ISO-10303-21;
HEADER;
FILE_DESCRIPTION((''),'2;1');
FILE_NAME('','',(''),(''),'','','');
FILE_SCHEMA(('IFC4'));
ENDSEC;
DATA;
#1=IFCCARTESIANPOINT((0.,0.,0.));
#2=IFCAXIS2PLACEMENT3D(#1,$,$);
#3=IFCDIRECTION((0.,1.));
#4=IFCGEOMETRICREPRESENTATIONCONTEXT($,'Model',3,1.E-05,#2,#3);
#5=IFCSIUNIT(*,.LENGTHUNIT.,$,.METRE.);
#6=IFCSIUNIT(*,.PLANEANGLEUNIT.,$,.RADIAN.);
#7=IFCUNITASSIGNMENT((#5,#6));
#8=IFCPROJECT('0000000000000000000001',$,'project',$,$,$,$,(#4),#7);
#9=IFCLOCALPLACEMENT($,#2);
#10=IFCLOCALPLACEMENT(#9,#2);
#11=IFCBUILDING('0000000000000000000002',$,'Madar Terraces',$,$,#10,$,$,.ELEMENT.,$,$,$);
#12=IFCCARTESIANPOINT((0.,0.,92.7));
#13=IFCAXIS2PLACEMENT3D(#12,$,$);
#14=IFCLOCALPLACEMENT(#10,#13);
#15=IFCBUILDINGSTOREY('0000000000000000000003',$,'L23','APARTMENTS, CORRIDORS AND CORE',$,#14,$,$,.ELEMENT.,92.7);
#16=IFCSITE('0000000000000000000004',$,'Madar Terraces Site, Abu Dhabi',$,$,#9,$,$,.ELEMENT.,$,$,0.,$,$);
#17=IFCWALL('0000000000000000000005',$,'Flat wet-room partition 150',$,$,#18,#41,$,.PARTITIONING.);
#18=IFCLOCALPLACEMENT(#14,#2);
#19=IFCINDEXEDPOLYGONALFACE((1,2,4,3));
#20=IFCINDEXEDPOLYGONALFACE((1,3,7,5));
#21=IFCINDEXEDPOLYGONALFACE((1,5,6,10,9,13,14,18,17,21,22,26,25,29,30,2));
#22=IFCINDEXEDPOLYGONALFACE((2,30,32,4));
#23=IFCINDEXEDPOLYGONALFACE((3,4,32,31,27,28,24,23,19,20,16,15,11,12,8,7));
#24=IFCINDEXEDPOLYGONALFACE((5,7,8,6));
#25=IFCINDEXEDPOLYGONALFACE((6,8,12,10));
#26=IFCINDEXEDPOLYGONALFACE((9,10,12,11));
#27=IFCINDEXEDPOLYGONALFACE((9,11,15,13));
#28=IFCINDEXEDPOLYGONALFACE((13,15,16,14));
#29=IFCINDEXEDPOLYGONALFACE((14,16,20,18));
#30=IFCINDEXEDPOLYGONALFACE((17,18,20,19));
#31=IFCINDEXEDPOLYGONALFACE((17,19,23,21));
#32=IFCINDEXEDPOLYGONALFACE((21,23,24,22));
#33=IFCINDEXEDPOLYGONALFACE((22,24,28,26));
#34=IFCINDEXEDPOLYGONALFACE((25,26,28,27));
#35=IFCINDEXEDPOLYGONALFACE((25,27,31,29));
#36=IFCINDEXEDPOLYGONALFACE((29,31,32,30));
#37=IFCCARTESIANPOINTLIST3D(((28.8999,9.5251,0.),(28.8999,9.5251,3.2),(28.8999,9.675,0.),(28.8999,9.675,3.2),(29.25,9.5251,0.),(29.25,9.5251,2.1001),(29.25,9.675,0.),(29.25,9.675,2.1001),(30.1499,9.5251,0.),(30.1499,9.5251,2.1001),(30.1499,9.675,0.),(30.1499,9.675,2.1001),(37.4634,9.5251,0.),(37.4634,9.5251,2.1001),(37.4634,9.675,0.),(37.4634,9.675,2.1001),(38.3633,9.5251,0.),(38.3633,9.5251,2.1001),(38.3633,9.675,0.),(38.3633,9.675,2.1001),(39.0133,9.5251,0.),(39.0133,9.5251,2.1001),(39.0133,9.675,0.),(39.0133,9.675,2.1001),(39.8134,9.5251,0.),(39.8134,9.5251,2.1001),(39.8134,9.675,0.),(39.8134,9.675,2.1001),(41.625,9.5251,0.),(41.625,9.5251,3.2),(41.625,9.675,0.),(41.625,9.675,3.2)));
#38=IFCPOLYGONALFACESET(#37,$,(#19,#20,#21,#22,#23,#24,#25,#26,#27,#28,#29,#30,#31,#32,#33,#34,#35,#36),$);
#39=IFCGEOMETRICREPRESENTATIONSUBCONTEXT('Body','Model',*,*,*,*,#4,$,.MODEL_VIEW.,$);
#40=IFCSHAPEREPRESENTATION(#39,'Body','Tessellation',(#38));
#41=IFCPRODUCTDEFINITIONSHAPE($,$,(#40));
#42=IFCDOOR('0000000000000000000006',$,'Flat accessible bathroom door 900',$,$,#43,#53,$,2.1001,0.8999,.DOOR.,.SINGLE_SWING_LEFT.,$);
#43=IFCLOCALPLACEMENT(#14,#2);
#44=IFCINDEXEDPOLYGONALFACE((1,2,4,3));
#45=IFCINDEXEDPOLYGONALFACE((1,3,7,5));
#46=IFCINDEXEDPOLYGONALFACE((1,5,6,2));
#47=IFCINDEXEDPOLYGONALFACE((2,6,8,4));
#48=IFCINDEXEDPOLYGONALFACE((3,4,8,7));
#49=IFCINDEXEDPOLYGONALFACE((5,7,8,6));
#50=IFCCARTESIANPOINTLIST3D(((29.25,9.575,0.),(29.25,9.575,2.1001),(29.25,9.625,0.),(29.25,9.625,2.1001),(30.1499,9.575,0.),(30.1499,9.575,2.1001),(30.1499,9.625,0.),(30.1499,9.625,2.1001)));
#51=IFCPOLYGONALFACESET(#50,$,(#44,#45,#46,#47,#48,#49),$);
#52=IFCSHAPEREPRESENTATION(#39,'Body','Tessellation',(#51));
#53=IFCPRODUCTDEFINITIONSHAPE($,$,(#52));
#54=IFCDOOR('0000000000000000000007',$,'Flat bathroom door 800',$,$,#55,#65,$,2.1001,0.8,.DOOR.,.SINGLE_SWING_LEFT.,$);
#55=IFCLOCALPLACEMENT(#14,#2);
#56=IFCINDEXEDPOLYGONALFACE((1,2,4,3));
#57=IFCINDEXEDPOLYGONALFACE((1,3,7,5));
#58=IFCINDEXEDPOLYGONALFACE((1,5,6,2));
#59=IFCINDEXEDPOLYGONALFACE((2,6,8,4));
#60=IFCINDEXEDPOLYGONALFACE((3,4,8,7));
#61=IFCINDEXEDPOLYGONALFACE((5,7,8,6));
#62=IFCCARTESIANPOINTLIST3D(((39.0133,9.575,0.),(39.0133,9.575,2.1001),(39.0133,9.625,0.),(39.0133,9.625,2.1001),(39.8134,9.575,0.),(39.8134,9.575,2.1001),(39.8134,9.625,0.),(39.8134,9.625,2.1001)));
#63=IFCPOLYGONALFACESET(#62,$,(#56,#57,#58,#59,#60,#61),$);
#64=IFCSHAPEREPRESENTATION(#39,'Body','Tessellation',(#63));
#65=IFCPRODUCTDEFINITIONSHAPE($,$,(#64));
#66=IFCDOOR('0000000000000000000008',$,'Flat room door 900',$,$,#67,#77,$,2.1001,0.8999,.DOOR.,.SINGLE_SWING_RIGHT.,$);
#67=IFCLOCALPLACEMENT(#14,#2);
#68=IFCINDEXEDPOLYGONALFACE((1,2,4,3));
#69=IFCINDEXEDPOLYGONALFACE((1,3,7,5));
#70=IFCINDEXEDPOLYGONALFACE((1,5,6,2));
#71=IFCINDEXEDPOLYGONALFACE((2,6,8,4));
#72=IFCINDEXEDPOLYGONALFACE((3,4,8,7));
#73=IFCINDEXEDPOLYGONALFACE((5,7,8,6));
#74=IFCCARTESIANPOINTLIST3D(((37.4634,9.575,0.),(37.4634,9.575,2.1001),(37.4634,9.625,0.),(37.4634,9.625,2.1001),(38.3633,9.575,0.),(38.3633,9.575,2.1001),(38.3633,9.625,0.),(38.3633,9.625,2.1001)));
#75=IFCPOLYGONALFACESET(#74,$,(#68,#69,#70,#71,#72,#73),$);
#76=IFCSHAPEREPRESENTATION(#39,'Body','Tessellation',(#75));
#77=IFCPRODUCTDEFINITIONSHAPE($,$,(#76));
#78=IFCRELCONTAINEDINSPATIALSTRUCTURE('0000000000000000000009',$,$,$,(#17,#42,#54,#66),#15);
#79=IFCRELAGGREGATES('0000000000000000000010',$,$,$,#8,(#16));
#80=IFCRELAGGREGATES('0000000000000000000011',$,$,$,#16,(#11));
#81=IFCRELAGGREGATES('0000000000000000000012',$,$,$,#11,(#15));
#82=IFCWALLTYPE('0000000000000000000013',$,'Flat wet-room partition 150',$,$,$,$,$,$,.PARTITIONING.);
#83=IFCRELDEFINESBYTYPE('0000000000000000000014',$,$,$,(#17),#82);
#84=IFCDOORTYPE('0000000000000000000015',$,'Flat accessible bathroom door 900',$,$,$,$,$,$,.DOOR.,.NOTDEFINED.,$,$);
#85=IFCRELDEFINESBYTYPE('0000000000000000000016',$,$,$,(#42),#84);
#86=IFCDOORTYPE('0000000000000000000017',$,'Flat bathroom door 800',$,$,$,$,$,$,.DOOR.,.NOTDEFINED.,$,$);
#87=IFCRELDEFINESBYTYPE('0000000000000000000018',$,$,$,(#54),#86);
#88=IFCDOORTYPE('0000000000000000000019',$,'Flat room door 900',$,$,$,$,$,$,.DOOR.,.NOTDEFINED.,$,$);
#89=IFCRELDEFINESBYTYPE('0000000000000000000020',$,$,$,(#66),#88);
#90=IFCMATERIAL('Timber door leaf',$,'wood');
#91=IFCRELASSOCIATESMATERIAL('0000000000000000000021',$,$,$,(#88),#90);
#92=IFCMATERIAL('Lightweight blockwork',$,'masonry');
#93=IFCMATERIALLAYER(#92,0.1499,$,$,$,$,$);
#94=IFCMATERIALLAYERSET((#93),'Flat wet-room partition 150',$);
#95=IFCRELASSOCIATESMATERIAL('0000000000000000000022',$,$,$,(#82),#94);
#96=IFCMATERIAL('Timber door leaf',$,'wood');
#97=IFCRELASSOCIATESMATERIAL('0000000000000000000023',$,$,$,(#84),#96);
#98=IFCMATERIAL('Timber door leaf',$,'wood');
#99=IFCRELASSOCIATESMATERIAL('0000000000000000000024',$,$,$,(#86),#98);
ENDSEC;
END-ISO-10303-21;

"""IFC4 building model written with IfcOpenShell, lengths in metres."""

from ifc_helpers import new_model, si_unit, direction, frame, frame_2d, origin, place, context, subcontext, project, spatial, rectangle, extrude, material, layer, layer_set, type_object, element, fill, save


model = new_model("IFC4")

# Units and contexts
model_context = context("Model", 3, precision=1e-05, world=origin(), true_north=direction((0.0, 1.0)))
body_context = subcontext(model_context, "Body", "Model", "MODEL_VIEW")
ifc_project = project(units=[si_unit("LENGTHUNIT", "METRE"), si_unit("PLANEANGLEUNIT", "RADIAN")], contexts=[model_context])

# Site, building, storey
site_placement = place(None, origin())
site = spatial("IfcSite", under=ifc_project, at=site_placement, Name="Madar Terraces Site, Abu Dhabi", CompositionType="ELEMENT", RefElevation=0.0)
building_placement = place(site_placement, origin())
building = spatial("IfcBuilding", under=site, at=building_placement, Name="Madar Terraces", CompositionType="ELEMENT")
storey_placement = place(building_placement, frame((0.0, 0.0, 92.7)))
storey = spatial("IfcBuildingStorey", under=building, at=storey_placement, Name="L23", Description="APARTMENTS, CORRIDORS AND CORE", CompositionType="ELEMENT", Elevation=92.7)

# Shared definitions
ifc_material_1 = material(Name="Timber door leaf", Category="wood")
door_type_1 = type_object("IfcDoorType", Name="Flat room door 900", OperationType="NOTDEFINED", PredefinedType="DOOR", material=ifc_material_1)

# Shared definitions
ifc_material_2 = material(Name="Lightweight blockwork", Category="masonry")
ifc_layer_1 = layer(ifc_material_2, 0.1499)
ifc_layer_set_1 = layer_set([ifc_layer_1], Name="Flat wet-room partition 150")
wall_type_1 = type_object("IfcWallType", Name="Flat wet-room partition 150", PredefinedType="PARTITIONING", material=ifc_layer_set_1)

# Wall, openings, doors
wall_1_placement = place(storey_placement, frame((28.8999, 9.6001, 0.0), z_axis=(0.0, 0.0, 1.0), x_axis=(1.0, 0.0, 0.0)))
wall_1 = element("IfcWall", 1, at=wall_1_placement, inside=storey, type_object=wall_type_1, Name="Flat wet-room partition 150", PredefinedType="PARTITIONING", context=body_context, shape_type="SweptSolid", body=[
    extrude(rectangle(XDim=12.7251, YDim=0.1499, at=frame_2d((6.3625, 0.0))), origin(), (0.0, 0.0, 1.0), 3.2),
])
opening_1_placement = place(wall_1_placement, frame((10.1135, 0.0, 0.0)))
opening_1 = element("IfcOpeningElement", 2, at=opening_1_placement, cuts=wall_1, PredefinedType="OPENING", context=body_context, shape_type="SweptSolid", body=[
    extrude(rectangle(XDim=0.8, YDim=2.1001, at=frame_2d((0.3999, 1.05))), frame((0.0, 0.085, 0.0), z_axis=(0.0, -1.0, 0.0), x_axis=(1.0, 0.0, 0.0)), (0.0, 0.0, 1.0), 0.1699),
])
opening_2_placement = place(wall_1_placement, frame((8.5635, 0.0, 0.0)))
opening_2 = element("IfcOpeningElement", 3, at=opening_2_placement, cuts=wall_1, PredefinedType="OPENING", context=body_context, shape_type="SweptSolid", body=[
    extrude(rectangle(XDim=0.8999, YDim=2.1001, at=frame_2d((0.45, 1.05))), frame((0.0, 0.085, 0.0), z_axis=(0.0, -1.0, 0.0), x_axis=(1.0, 0.0, 0.0)), (0.0, 0.0, 1.0), 0.1699),
])
opening_3_placement = place(wall_1_placement, frame((0.3501, 0.0, 0.0)))
opening_3 = element("IfcOpeningElement", 4, at=opening_3_placement, cuts=wall_1, PredefinedType="OPENING", context=body_context, shape_type="SweptSolid", body=[
    extrude(rectangle(XDim=0.8999, YDim=2.1001, at=frame_2d((0.45, 1.05))), frame((0.0, 0.085, 0.0), z_axis=(0.0, -1.0, 0.0), x_axis=(1.0, 0.0, 0.0)), (0.0, 0.0, 1.0), 0.1699),
])
ifc_material_3 = material(Name="Timber door leaf", Category="wood")
door_type_2 = type_object("IfcDoorType", Name="Flat accessible bathroom door 900", OperationType="NOTDEFINED", PredefinedType="DOOR", material=ifc_material_3)
door_1_placement = place(opening_3_placement, origin())
door_1 = element("IfcDoor", 5, at=door_1_placement, inside=storey, type_object=door_type_2, Name="Flat accessible bathroom door 900", OperationType="SINGLE_SWING_LEFT", OverallHeight=2.1001, OverallWidth=0.8999, PredefinedType="DOOR", context=body_context, shape_type="SweptSolid", body=[
    extrude(rectangle(XDim=0.8999, YDim=2.1001, at=frame_2d((0.45, 1.05))), frame((0.0, 0.0249, 0.0), z_axis=(0.0, -1.0, 0.0), x_axis=(1.0, 0.0, 0.0)), (0.0, 0.0, 1.0), 0.05),
])
fill(opening_3, door_1)
ifc_material_4 = material(Name="Timber door leaf", Category="wood")
door_type_3 = type_object("IfcDoorType", Name="Flat bathroom door 800", OperationType="NOTDEFINED", PredefinedType="DOOR", material=ifc_material_4)
door_2_placement = place(opening_1_placement, origin())
door_2 = element("IfcDoor", 6, at=door_2_placement, inside=storey, type_object=door_type_3, Name="Flat bathroom door 800", OperationType="SINGLE_SWING_LEFT", OverallHeight=2.1001, OverallWidth=0.8, PredefinedType="DOOR", context=body_context, shape_type="SweptSolid", body=[
    extrude(rectangle(XDim=0.8, YDim=2.1001, at=frame_2d((0.3999, 1.05))), frame((0.0, 0.0249, 0.0), z_axis=(0.0, -1.0, 0.0), x_axis=(1.0, 0.0, 0.0)), (0.0, 0.0, 1.0), 0.05),
])
fill(opening_1, door_2)
door_3_placement = place(opening_2_placement, origin())
door_3 = element("IfcDoor", 7, at=door_3_placement, inside=storey, type_object=door_type_1, Name="Flat room door 900", OperationType="SINGLE_SWING_RIGHT", OverallHeight=2.1001, OverallWidth=0.8999, PredefinedType="DOOR", context=body_context, shape_type="SweptSolid", body=[
    extrude(rectangle(XDim=0.8999, YDim=2.1001, at=frame_2d((0.45, 1.05))), frame((0.0, 0.0249, 0.0), z_axis=(0.0, -1.0, 0.0), x_axis=(1.0, 0.0, 0.0)), (0.0, 0.0, 1.0), 0.05),
])
fill(opening_2, door_3)

save(model, "model.ifc")
